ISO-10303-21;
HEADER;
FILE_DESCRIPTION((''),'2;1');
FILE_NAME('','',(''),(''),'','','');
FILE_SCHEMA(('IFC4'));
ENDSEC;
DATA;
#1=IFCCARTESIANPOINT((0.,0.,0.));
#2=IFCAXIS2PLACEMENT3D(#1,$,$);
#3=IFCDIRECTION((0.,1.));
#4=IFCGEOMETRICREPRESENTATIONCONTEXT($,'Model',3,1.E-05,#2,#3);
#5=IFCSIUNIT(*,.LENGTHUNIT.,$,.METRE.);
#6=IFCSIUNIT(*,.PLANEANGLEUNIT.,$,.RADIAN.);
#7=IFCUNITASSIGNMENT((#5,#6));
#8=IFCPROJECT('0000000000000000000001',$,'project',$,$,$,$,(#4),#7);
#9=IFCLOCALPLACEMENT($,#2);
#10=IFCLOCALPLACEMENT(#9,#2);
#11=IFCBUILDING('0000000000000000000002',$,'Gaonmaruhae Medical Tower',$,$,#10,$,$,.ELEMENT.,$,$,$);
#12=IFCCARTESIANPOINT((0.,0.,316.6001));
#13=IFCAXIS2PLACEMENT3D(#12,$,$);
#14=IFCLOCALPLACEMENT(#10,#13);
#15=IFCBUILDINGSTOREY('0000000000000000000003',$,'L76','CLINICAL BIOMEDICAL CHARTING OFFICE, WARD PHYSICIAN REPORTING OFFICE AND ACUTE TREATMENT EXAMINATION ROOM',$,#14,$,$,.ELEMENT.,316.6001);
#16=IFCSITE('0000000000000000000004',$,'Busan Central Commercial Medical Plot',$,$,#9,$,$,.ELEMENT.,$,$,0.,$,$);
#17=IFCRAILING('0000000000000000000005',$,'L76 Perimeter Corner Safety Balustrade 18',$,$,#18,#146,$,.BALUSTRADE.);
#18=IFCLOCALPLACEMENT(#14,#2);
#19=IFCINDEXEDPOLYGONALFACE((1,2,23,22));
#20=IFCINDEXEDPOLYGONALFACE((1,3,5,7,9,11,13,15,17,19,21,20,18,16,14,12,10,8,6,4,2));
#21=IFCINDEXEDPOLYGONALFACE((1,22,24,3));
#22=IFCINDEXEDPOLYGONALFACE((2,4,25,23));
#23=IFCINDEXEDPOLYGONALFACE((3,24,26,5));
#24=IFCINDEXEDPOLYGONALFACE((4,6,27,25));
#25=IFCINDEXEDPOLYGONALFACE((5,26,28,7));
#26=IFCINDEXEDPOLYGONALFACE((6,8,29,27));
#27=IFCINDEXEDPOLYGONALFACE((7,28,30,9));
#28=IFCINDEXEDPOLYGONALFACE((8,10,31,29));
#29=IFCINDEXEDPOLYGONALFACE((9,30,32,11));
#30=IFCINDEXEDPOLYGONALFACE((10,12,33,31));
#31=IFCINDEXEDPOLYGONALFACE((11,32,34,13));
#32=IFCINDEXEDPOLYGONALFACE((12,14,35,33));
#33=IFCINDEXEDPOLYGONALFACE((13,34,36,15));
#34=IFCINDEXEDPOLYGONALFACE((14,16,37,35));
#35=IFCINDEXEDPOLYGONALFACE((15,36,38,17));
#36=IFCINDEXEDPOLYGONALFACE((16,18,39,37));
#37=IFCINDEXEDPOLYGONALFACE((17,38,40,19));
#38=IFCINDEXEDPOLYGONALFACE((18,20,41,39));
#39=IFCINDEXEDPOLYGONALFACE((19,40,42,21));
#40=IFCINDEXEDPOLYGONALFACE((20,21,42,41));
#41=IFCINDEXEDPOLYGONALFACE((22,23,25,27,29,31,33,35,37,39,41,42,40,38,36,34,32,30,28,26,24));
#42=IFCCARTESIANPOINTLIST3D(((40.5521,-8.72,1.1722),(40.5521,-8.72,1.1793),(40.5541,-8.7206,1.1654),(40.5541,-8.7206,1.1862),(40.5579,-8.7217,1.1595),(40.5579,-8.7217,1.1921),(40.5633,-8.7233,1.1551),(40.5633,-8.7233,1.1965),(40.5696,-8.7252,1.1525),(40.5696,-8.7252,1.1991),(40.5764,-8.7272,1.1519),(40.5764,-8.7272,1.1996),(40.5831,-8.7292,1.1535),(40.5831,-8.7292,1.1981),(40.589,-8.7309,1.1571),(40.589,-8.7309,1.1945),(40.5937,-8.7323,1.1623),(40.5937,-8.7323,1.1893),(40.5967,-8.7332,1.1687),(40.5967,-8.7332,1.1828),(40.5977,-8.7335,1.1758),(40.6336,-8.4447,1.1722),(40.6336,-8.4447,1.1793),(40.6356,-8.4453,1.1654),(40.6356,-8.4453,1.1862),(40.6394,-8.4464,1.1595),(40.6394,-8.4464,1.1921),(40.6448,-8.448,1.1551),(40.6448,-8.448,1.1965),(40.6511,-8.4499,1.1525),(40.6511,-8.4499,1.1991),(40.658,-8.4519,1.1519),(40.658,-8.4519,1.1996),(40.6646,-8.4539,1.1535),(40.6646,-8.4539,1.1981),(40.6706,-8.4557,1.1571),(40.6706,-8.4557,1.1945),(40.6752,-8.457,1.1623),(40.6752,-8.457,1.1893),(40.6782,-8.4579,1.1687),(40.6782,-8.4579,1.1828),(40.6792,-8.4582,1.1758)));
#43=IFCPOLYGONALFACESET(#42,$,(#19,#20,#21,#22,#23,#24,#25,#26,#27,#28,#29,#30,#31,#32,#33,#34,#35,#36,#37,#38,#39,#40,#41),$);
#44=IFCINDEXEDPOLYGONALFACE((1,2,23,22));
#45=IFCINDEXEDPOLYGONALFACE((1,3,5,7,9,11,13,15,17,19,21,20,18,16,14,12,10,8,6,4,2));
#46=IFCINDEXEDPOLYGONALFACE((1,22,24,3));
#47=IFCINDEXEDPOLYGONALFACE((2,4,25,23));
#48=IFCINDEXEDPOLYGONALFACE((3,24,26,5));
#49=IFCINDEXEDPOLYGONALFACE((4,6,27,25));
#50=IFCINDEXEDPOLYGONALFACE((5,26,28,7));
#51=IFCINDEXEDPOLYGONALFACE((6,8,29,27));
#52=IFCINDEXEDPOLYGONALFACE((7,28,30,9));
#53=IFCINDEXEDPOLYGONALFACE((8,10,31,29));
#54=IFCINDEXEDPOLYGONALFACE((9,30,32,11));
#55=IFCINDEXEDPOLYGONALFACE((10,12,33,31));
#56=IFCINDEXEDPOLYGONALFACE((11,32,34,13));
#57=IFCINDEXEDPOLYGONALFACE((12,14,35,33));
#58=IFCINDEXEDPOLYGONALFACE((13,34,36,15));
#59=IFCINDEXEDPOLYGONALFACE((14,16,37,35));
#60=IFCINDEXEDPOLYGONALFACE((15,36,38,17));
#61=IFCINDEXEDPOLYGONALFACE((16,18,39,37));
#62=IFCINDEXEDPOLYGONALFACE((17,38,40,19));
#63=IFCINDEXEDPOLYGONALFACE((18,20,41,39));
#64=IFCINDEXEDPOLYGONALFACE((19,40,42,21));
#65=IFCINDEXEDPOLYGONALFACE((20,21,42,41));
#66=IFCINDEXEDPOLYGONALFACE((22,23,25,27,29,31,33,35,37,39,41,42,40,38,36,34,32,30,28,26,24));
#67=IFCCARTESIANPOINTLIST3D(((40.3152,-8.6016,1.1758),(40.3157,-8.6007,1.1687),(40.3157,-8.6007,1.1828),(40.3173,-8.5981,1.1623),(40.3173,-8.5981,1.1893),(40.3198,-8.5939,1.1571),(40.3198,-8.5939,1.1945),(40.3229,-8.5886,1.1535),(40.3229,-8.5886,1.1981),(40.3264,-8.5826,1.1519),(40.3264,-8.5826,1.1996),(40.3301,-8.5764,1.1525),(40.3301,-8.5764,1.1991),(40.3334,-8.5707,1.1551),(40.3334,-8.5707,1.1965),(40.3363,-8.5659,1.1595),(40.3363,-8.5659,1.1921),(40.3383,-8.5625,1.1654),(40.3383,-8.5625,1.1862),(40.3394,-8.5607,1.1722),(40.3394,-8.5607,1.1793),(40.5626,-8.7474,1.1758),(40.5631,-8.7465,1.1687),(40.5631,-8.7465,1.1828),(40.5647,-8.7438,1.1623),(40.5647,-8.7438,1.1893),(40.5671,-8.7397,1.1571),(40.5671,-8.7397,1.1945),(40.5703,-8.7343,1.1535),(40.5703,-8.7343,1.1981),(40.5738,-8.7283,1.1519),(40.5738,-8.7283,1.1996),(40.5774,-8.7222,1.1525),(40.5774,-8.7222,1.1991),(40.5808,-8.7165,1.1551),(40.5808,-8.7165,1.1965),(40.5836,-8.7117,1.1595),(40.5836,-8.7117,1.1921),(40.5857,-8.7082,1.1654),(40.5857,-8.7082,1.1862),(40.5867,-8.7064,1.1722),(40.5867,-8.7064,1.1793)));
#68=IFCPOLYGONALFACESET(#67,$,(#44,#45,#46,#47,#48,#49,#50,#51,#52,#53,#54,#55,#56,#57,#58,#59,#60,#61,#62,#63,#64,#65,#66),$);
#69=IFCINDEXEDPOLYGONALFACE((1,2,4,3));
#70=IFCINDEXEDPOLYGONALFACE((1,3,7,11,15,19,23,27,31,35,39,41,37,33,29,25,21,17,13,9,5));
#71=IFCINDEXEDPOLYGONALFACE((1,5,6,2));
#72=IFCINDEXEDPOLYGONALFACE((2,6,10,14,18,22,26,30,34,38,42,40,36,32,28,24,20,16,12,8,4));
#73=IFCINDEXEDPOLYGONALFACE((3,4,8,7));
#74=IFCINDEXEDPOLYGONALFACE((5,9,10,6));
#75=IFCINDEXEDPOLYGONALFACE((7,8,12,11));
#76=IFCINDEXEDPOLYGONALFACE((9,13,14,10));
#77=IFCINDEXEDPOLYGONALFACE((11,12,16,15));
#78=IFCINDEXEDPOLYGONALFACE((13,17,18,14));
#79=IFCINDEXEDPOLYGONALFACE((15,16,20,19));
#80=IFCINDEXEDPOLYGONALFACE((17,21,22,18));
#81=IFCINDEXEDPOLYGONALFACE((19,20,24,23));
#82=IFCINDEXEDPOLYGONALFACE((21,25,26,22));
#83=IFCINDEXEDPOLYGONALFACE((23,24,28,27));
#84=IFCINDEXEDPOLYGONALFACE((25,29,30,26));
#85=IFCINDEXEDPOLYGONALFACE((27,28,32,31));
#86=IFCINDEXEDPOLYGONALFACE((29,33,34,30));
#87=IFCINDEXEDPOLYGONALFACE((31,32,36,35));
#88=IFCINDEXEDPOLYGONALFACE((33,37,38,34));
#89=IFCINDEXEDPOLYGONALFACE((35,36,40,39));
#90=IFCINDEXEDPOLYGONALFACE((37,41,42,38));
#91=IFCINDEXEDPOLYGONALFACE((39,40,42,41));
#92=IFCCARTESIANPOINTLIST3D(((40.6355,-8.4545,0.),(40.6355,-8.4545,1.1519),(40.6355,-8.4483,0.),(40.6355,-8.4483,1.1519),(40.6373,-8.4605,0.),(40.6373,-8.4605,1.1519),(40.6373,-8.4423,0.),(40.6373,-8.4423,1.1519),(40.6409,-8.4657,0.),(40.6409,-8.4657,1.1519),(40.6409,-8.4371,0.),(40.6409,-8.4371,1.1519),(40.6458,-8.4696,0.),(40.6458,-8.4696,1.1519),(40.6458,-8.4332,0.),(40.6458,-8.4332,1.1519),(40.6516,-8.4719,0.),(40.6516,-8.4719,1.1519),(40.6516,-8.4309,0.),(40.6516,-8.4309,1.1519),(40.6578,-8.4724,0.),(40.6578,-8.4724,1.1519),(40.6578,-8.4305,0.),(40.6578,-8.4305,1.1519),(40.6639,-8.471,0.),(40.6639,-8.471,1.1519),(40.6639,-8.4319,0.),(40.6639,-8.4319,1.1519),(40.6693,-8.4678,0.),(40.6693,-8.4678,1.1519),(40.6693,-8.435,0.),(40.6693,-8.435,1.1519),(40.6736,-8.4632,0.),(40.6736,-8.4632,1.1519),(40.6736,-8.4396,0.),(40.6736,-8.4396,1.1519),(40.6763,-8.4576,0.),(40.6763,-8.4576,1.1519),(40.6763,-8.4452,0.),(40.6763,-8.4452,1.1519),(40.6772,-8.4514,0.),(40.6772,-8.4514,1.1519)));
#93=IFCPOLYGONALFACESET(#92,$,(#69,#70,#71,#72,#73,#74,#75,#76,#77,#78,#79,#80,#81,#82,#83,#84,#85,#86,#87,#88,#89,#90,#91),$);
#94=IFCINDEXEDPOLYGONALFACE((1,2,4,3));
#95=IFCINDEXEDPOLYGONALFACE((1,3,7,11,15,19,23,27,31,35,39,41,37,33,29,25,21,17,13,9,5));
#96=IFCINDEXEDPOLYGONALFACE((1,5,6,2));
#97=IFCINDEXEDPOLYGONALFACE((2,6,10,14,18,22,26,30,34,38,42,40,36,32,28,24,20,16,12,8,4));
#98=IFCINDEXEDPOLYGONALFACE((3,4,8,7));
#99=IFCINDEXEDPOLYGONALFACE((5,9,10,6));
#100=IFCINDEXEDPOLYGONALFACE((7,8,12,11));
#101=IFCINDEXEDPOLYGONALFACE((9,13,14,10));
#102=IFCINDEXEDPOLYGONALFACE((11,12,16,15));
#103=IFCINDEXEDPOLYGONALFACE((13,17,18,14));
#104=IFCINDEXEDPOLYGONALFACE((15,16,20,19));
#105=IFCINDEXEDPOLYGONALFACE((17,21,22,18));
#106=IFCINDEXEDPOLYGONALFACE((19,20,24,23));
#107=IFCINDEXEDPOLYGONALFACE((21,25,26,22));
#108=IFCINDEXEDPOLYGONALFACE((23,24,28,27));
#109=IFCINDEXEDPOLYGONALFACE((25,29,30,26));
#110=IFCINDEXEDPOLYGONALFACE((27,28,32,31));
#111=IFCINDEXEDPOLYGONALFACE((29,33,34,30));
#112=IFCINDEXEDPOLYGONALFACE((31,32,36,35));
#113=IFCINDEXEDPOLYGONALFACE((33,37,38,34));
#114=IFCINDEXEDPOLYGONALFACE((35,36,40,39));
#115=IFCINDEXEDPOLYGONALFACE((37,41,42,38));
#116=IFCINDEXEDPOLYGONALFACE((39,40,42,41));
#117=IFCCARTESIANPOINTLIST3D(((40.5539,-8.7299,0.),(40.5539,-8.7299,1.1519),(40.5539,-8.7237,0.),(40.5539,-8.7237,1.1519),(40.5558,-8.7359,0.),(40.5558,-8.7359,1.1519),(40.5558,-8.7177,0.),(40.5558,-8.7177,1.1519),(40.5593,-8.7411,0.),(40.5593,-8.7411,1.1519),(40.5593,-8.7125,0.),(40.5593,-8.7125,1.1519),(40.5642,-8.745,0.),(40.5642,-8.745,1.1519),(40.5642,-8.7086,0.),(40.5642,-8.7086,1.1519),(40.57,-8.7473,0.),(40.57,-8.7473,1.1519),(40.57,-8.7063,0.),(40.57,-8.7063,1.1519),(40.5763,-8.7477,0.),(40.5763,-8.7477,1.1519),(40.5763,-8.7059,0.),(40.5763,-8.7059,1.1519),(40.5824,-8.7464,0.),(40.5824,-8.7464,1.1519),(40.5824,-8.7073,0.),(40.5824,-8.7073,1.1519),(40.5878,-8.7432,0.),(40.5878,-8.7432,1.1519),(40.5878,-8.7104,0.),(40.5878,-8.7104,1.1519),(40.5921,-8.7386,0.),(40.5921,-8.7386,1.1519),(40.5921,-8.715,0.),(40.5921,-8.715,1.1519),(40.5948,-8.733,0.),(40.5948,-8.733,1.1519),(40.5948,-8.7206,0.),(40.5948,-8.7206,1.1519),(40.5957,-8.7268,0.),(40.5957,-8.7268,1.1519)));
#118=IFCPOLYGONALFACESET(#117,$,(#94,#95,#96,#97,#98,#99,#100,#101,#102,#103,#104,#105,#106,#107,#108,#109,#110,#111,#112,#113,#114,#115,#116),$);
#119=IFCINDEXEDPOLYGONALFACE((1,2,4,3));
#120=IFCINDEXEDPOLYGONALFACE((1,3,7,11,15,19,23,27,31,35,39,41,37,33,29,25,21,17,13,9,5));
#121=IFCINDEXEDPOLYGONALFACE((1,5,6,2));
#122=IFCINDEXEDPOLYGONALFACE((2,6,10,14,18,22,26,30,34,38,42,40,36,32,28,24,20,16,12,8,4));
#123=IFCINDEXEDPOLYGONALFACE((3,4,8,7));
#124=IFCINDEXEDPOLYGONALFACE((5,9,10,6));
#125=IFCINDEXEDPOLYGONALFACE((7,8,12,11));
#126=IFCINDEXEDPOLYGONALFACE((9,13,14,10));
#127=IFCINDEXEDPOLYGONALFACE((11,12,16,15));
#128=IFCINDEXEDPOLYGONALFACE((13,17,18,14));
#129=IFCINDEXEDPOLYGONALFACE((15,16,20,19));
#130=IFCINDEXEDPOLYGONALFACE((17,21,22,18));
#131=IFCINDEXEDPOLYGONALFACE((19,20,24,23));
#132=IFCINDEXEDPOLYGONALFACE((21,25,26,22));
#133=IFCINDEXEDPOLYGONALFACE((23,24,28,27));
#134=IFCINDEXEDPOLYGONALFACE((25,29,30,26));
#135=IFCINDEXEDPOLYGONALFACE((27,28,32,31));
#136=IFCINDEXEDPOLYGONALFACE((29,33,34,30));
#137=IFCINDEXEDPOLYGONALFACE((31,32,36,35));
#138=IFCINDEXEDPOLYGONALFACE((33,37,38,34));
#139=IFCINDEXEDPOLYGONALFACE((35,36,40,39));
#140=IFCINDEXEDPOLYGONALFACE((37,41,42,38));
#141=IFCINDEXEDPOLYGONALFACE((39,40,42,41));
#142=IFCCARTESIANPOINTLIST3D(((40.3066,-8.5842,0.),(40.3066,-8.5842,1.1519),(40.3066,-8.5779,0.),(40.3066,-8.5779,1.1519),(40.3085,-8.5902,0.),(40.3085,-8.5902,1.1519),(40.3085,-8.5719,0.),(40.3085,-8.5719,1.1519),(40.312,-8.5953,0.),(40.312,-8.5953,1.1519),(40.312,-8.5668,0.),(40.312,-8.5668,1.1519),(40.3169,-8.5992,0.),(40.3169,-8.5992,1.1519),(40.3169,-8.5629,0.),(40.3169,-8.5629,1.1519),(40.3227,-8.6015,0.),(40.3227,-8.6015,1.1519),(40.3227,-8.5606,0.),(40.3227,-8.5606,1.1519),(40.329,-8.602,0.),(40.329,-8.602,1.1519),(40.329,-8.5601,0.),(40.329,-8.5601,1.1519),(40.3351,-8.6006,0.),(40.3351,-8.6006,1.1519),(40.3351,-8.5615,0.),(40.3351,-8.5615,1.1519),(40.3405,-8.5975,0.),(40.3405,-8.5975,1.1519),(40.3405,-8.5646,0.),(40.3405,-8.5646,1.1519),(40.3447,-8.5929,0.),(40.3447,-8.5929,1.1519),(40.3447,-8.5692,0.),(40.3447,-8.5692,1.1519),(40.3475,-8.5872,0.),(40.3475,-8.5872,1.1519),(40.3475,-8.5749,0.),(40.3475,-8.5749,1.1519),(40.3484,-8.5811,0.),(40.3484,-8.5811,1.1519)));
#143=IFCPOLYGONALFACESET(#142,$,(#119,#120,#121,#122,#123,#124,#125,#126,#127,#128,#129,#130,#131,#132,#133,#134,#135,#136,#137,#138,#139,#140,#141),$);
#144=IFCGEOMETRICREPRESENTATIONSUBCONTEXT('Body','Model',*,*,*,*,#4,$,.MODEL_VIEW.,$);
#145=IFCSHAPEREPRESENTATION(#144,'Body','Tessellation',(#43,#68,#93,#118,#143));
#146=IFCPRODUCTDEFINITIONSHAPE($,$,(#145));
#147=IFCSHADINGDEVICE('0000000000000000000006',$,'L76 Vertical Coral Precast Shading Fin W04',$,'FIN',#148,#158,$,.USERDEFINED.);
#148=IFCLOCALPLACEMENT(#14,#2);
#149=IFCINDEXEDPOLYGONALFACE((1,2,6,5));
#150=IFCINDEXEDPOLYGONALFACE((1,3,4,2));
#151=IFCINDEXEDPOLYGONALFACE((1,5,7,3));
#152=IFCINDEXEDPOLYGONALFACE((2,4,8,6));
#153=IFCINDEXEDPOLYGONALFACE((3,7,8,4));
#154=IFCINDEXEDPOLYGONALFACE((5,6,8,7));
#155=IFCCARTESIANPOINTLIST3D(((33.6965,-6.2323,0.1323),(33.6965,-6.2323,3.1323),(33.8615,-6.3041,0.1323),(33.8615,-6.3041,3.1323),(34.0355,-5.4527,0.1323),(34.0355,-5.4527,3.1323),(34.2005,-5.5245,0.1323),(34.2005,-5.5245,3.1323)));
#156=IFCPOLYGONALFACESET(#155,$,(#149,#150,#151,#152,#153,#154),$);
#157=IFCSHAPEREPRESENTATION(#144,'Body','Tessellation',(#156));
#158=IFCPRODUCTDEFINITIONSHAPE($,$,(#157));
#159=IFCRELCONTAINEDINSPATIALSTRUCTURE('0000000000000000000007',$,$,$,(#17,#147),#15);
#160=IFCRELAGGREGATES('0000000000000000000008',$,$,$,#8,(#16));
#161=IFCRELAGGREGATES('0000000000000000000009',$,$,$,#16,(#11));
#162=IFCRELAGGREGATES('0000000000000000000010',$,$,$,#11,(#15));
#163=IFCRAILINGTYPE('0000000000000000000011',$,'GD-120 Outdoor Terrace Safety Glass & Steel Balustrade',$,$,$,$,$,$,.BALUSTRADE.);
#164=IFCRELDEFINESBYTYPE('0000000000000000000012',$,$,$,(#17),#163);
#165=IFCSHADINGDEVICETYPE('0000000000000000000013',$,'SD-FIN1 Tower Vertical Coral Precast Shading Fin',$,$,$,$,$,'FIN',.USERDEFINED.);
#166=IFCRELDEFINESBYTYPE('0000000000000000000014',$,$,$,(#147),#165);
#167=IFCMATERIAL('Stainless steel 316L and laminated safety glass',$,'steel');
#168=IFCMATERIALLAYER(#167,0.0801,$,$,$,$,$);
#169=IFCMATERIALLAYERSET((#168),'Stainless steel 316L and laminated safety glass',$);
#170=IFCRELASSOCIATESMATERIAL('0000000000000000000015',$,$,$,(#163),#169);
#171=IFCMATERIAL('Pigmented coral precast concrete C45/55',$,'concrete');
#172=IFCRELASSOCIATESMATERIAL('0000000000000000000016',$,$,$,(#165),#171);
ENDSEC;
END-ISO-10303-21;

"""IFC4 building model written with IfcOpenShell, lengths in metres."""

from ifc_helpers import new_model, si_unit, direction, frame, origin, origin_2d, place, context, subcontext, project, spatial, rectangle, circle, extrude, material, layer, layer_set, type_object, element, save


model = new_model("IFC4")

# Units and contexts
model_context = context("Model", 3, precision=1e-05, world=origin(), true_north=direction((0.0, 1.0)))
body_context = subcontext(model_context, "Body", "Model", "MODEL_VIEW")
ifc_project = project(units=[si_unit("LENGTHUNIT", "METRE"), si_unit("PLANEANGLEUNIT", "RADIAN")], contexts=[model_context])

# Site, building, storey
site_placement = place(None, origin())
site = spatial("IfcSite", under=ifc_project, at=site_placement, Name="Busan Central Commercial Medical Plot", CompositionType="ELEMENT", RefElevation=0.0)
building_placement = place(site_placement, origin())
building = spatial("IfcBuilding", under=site, at=building_placement, Name="Gaonmaruhae Medical Tower", CompositionType="ELEMENT")
storey_placement = place(building_placement, frame((0.0, 0.0, 316.6001)))
storey = spatial("IfcBuildingStorey", under=building, at=storey_placement, Name="L76", Description="CLINICAL BIOMEDICAL CHARTING OFFICE, WARD PHYSICIAN REPORTING OFFICE AND ACUTE TREATMENT EXAMINATION ROOM", CompositionType="ELEMENT", Elevation=316.6001)

# Railing
ifc_material_1 = material(Name="Stainless steel 316L and laminated safety glass", Category="steel")
ifc_layer_1 = layer(ifc_material_1, 0.0801)
ifc_layer_set_1 = layer_set([ifc_layer_1], Name="Stainless steel 316L and laminated safety glass")
railing_type = type_object("IfcRailingType", Name="GD-120 Outdoor Terrace Safety Glass & Steel Balustrade", PredefinedType="BALUSTRADE", material=ifc_layer_set_1)
railing_1_placement = place(storey_placement, frame((40.6562, -8.4514, 0.0)))
element("IfcRailing", 1, at=railing_1_placement, inside=storey, type_object=railing_type, Name="L76 Perimeter Corner Safety Balustrade 18", PredefinedType="BALUSTRADE", context=body_context, shape_type="SweptSolid", body=[
    extrude(circle(Radius=0.0239, at=origin_2d()), frame((0.0, 0.0, 1.1758), z_axis=(-0.283915, -0.95885, 0.0), x_axis=(0.95885, -0.283915, 0.0)), (0.0, 0.0, 1.0), 0.2871),
    extrude(circle(Radius=0.0239, at=origin_2d()), frame((-0.0815, -0.2754, 1.1758), z_axis=(-0.861519, 0.507726, 0.0), x_axis=(-0.507726, -0.861519, 0.0)), (0.0, 0.0, 1.0), 0.2871),
    extrude(circle(Radius=0.021, at=origin_2d()), origin(), (0.0, 0.0, 1.0), 1.1519),
    extrude(circle(Radius=0.021, at=origin_2d()), frame((-0.0815, -0.2754, 0.0)), (0.0, 0.0, 1.0), 1.1519),
    extrude(circle(Radius=0.021, at=origin_2d()), frame((-0.3289, -0.1296, 0.0)), (0.0, 0.0, 1.0), 1.1519),
])

# Shading device
ifc_material_2 = material(Name="Pigmented coral precast concrete C45/55", Category="concrete")
shading_device_type = type_object("IfcShadingDeviceType", Name="SD-FIN1 Tower Vertical Coral Precast Shading Fin", ElementType="FIN", PredefinedType="USERDEFINED", material=ifc_material_2)
shading_device_placement = place(storey_placement, frame((33.9485, -5.8784, 0.1323), z_axis=(0.0, 0.0, 1.0), x_axis=(-0.91706, 0.398749, 0.0)))
element("IfcShadingDevice", 2, at=shading_device_placement, inside=storey, type_object=shading_device_type, Name="L76 Vertical Coral Precast Shading Fin W04", ObjectType="FIN", PredefinedType="USERDEFINED", context=body_context, shape_type="SweptSolid", body=[
    extrude(rectangle(XDim=0.1799, YDim=0.8501, at=origin_2d()), origin(), (0.0, 0.0, 1.0), 3.0),
])

save(model, "model.ifc")
